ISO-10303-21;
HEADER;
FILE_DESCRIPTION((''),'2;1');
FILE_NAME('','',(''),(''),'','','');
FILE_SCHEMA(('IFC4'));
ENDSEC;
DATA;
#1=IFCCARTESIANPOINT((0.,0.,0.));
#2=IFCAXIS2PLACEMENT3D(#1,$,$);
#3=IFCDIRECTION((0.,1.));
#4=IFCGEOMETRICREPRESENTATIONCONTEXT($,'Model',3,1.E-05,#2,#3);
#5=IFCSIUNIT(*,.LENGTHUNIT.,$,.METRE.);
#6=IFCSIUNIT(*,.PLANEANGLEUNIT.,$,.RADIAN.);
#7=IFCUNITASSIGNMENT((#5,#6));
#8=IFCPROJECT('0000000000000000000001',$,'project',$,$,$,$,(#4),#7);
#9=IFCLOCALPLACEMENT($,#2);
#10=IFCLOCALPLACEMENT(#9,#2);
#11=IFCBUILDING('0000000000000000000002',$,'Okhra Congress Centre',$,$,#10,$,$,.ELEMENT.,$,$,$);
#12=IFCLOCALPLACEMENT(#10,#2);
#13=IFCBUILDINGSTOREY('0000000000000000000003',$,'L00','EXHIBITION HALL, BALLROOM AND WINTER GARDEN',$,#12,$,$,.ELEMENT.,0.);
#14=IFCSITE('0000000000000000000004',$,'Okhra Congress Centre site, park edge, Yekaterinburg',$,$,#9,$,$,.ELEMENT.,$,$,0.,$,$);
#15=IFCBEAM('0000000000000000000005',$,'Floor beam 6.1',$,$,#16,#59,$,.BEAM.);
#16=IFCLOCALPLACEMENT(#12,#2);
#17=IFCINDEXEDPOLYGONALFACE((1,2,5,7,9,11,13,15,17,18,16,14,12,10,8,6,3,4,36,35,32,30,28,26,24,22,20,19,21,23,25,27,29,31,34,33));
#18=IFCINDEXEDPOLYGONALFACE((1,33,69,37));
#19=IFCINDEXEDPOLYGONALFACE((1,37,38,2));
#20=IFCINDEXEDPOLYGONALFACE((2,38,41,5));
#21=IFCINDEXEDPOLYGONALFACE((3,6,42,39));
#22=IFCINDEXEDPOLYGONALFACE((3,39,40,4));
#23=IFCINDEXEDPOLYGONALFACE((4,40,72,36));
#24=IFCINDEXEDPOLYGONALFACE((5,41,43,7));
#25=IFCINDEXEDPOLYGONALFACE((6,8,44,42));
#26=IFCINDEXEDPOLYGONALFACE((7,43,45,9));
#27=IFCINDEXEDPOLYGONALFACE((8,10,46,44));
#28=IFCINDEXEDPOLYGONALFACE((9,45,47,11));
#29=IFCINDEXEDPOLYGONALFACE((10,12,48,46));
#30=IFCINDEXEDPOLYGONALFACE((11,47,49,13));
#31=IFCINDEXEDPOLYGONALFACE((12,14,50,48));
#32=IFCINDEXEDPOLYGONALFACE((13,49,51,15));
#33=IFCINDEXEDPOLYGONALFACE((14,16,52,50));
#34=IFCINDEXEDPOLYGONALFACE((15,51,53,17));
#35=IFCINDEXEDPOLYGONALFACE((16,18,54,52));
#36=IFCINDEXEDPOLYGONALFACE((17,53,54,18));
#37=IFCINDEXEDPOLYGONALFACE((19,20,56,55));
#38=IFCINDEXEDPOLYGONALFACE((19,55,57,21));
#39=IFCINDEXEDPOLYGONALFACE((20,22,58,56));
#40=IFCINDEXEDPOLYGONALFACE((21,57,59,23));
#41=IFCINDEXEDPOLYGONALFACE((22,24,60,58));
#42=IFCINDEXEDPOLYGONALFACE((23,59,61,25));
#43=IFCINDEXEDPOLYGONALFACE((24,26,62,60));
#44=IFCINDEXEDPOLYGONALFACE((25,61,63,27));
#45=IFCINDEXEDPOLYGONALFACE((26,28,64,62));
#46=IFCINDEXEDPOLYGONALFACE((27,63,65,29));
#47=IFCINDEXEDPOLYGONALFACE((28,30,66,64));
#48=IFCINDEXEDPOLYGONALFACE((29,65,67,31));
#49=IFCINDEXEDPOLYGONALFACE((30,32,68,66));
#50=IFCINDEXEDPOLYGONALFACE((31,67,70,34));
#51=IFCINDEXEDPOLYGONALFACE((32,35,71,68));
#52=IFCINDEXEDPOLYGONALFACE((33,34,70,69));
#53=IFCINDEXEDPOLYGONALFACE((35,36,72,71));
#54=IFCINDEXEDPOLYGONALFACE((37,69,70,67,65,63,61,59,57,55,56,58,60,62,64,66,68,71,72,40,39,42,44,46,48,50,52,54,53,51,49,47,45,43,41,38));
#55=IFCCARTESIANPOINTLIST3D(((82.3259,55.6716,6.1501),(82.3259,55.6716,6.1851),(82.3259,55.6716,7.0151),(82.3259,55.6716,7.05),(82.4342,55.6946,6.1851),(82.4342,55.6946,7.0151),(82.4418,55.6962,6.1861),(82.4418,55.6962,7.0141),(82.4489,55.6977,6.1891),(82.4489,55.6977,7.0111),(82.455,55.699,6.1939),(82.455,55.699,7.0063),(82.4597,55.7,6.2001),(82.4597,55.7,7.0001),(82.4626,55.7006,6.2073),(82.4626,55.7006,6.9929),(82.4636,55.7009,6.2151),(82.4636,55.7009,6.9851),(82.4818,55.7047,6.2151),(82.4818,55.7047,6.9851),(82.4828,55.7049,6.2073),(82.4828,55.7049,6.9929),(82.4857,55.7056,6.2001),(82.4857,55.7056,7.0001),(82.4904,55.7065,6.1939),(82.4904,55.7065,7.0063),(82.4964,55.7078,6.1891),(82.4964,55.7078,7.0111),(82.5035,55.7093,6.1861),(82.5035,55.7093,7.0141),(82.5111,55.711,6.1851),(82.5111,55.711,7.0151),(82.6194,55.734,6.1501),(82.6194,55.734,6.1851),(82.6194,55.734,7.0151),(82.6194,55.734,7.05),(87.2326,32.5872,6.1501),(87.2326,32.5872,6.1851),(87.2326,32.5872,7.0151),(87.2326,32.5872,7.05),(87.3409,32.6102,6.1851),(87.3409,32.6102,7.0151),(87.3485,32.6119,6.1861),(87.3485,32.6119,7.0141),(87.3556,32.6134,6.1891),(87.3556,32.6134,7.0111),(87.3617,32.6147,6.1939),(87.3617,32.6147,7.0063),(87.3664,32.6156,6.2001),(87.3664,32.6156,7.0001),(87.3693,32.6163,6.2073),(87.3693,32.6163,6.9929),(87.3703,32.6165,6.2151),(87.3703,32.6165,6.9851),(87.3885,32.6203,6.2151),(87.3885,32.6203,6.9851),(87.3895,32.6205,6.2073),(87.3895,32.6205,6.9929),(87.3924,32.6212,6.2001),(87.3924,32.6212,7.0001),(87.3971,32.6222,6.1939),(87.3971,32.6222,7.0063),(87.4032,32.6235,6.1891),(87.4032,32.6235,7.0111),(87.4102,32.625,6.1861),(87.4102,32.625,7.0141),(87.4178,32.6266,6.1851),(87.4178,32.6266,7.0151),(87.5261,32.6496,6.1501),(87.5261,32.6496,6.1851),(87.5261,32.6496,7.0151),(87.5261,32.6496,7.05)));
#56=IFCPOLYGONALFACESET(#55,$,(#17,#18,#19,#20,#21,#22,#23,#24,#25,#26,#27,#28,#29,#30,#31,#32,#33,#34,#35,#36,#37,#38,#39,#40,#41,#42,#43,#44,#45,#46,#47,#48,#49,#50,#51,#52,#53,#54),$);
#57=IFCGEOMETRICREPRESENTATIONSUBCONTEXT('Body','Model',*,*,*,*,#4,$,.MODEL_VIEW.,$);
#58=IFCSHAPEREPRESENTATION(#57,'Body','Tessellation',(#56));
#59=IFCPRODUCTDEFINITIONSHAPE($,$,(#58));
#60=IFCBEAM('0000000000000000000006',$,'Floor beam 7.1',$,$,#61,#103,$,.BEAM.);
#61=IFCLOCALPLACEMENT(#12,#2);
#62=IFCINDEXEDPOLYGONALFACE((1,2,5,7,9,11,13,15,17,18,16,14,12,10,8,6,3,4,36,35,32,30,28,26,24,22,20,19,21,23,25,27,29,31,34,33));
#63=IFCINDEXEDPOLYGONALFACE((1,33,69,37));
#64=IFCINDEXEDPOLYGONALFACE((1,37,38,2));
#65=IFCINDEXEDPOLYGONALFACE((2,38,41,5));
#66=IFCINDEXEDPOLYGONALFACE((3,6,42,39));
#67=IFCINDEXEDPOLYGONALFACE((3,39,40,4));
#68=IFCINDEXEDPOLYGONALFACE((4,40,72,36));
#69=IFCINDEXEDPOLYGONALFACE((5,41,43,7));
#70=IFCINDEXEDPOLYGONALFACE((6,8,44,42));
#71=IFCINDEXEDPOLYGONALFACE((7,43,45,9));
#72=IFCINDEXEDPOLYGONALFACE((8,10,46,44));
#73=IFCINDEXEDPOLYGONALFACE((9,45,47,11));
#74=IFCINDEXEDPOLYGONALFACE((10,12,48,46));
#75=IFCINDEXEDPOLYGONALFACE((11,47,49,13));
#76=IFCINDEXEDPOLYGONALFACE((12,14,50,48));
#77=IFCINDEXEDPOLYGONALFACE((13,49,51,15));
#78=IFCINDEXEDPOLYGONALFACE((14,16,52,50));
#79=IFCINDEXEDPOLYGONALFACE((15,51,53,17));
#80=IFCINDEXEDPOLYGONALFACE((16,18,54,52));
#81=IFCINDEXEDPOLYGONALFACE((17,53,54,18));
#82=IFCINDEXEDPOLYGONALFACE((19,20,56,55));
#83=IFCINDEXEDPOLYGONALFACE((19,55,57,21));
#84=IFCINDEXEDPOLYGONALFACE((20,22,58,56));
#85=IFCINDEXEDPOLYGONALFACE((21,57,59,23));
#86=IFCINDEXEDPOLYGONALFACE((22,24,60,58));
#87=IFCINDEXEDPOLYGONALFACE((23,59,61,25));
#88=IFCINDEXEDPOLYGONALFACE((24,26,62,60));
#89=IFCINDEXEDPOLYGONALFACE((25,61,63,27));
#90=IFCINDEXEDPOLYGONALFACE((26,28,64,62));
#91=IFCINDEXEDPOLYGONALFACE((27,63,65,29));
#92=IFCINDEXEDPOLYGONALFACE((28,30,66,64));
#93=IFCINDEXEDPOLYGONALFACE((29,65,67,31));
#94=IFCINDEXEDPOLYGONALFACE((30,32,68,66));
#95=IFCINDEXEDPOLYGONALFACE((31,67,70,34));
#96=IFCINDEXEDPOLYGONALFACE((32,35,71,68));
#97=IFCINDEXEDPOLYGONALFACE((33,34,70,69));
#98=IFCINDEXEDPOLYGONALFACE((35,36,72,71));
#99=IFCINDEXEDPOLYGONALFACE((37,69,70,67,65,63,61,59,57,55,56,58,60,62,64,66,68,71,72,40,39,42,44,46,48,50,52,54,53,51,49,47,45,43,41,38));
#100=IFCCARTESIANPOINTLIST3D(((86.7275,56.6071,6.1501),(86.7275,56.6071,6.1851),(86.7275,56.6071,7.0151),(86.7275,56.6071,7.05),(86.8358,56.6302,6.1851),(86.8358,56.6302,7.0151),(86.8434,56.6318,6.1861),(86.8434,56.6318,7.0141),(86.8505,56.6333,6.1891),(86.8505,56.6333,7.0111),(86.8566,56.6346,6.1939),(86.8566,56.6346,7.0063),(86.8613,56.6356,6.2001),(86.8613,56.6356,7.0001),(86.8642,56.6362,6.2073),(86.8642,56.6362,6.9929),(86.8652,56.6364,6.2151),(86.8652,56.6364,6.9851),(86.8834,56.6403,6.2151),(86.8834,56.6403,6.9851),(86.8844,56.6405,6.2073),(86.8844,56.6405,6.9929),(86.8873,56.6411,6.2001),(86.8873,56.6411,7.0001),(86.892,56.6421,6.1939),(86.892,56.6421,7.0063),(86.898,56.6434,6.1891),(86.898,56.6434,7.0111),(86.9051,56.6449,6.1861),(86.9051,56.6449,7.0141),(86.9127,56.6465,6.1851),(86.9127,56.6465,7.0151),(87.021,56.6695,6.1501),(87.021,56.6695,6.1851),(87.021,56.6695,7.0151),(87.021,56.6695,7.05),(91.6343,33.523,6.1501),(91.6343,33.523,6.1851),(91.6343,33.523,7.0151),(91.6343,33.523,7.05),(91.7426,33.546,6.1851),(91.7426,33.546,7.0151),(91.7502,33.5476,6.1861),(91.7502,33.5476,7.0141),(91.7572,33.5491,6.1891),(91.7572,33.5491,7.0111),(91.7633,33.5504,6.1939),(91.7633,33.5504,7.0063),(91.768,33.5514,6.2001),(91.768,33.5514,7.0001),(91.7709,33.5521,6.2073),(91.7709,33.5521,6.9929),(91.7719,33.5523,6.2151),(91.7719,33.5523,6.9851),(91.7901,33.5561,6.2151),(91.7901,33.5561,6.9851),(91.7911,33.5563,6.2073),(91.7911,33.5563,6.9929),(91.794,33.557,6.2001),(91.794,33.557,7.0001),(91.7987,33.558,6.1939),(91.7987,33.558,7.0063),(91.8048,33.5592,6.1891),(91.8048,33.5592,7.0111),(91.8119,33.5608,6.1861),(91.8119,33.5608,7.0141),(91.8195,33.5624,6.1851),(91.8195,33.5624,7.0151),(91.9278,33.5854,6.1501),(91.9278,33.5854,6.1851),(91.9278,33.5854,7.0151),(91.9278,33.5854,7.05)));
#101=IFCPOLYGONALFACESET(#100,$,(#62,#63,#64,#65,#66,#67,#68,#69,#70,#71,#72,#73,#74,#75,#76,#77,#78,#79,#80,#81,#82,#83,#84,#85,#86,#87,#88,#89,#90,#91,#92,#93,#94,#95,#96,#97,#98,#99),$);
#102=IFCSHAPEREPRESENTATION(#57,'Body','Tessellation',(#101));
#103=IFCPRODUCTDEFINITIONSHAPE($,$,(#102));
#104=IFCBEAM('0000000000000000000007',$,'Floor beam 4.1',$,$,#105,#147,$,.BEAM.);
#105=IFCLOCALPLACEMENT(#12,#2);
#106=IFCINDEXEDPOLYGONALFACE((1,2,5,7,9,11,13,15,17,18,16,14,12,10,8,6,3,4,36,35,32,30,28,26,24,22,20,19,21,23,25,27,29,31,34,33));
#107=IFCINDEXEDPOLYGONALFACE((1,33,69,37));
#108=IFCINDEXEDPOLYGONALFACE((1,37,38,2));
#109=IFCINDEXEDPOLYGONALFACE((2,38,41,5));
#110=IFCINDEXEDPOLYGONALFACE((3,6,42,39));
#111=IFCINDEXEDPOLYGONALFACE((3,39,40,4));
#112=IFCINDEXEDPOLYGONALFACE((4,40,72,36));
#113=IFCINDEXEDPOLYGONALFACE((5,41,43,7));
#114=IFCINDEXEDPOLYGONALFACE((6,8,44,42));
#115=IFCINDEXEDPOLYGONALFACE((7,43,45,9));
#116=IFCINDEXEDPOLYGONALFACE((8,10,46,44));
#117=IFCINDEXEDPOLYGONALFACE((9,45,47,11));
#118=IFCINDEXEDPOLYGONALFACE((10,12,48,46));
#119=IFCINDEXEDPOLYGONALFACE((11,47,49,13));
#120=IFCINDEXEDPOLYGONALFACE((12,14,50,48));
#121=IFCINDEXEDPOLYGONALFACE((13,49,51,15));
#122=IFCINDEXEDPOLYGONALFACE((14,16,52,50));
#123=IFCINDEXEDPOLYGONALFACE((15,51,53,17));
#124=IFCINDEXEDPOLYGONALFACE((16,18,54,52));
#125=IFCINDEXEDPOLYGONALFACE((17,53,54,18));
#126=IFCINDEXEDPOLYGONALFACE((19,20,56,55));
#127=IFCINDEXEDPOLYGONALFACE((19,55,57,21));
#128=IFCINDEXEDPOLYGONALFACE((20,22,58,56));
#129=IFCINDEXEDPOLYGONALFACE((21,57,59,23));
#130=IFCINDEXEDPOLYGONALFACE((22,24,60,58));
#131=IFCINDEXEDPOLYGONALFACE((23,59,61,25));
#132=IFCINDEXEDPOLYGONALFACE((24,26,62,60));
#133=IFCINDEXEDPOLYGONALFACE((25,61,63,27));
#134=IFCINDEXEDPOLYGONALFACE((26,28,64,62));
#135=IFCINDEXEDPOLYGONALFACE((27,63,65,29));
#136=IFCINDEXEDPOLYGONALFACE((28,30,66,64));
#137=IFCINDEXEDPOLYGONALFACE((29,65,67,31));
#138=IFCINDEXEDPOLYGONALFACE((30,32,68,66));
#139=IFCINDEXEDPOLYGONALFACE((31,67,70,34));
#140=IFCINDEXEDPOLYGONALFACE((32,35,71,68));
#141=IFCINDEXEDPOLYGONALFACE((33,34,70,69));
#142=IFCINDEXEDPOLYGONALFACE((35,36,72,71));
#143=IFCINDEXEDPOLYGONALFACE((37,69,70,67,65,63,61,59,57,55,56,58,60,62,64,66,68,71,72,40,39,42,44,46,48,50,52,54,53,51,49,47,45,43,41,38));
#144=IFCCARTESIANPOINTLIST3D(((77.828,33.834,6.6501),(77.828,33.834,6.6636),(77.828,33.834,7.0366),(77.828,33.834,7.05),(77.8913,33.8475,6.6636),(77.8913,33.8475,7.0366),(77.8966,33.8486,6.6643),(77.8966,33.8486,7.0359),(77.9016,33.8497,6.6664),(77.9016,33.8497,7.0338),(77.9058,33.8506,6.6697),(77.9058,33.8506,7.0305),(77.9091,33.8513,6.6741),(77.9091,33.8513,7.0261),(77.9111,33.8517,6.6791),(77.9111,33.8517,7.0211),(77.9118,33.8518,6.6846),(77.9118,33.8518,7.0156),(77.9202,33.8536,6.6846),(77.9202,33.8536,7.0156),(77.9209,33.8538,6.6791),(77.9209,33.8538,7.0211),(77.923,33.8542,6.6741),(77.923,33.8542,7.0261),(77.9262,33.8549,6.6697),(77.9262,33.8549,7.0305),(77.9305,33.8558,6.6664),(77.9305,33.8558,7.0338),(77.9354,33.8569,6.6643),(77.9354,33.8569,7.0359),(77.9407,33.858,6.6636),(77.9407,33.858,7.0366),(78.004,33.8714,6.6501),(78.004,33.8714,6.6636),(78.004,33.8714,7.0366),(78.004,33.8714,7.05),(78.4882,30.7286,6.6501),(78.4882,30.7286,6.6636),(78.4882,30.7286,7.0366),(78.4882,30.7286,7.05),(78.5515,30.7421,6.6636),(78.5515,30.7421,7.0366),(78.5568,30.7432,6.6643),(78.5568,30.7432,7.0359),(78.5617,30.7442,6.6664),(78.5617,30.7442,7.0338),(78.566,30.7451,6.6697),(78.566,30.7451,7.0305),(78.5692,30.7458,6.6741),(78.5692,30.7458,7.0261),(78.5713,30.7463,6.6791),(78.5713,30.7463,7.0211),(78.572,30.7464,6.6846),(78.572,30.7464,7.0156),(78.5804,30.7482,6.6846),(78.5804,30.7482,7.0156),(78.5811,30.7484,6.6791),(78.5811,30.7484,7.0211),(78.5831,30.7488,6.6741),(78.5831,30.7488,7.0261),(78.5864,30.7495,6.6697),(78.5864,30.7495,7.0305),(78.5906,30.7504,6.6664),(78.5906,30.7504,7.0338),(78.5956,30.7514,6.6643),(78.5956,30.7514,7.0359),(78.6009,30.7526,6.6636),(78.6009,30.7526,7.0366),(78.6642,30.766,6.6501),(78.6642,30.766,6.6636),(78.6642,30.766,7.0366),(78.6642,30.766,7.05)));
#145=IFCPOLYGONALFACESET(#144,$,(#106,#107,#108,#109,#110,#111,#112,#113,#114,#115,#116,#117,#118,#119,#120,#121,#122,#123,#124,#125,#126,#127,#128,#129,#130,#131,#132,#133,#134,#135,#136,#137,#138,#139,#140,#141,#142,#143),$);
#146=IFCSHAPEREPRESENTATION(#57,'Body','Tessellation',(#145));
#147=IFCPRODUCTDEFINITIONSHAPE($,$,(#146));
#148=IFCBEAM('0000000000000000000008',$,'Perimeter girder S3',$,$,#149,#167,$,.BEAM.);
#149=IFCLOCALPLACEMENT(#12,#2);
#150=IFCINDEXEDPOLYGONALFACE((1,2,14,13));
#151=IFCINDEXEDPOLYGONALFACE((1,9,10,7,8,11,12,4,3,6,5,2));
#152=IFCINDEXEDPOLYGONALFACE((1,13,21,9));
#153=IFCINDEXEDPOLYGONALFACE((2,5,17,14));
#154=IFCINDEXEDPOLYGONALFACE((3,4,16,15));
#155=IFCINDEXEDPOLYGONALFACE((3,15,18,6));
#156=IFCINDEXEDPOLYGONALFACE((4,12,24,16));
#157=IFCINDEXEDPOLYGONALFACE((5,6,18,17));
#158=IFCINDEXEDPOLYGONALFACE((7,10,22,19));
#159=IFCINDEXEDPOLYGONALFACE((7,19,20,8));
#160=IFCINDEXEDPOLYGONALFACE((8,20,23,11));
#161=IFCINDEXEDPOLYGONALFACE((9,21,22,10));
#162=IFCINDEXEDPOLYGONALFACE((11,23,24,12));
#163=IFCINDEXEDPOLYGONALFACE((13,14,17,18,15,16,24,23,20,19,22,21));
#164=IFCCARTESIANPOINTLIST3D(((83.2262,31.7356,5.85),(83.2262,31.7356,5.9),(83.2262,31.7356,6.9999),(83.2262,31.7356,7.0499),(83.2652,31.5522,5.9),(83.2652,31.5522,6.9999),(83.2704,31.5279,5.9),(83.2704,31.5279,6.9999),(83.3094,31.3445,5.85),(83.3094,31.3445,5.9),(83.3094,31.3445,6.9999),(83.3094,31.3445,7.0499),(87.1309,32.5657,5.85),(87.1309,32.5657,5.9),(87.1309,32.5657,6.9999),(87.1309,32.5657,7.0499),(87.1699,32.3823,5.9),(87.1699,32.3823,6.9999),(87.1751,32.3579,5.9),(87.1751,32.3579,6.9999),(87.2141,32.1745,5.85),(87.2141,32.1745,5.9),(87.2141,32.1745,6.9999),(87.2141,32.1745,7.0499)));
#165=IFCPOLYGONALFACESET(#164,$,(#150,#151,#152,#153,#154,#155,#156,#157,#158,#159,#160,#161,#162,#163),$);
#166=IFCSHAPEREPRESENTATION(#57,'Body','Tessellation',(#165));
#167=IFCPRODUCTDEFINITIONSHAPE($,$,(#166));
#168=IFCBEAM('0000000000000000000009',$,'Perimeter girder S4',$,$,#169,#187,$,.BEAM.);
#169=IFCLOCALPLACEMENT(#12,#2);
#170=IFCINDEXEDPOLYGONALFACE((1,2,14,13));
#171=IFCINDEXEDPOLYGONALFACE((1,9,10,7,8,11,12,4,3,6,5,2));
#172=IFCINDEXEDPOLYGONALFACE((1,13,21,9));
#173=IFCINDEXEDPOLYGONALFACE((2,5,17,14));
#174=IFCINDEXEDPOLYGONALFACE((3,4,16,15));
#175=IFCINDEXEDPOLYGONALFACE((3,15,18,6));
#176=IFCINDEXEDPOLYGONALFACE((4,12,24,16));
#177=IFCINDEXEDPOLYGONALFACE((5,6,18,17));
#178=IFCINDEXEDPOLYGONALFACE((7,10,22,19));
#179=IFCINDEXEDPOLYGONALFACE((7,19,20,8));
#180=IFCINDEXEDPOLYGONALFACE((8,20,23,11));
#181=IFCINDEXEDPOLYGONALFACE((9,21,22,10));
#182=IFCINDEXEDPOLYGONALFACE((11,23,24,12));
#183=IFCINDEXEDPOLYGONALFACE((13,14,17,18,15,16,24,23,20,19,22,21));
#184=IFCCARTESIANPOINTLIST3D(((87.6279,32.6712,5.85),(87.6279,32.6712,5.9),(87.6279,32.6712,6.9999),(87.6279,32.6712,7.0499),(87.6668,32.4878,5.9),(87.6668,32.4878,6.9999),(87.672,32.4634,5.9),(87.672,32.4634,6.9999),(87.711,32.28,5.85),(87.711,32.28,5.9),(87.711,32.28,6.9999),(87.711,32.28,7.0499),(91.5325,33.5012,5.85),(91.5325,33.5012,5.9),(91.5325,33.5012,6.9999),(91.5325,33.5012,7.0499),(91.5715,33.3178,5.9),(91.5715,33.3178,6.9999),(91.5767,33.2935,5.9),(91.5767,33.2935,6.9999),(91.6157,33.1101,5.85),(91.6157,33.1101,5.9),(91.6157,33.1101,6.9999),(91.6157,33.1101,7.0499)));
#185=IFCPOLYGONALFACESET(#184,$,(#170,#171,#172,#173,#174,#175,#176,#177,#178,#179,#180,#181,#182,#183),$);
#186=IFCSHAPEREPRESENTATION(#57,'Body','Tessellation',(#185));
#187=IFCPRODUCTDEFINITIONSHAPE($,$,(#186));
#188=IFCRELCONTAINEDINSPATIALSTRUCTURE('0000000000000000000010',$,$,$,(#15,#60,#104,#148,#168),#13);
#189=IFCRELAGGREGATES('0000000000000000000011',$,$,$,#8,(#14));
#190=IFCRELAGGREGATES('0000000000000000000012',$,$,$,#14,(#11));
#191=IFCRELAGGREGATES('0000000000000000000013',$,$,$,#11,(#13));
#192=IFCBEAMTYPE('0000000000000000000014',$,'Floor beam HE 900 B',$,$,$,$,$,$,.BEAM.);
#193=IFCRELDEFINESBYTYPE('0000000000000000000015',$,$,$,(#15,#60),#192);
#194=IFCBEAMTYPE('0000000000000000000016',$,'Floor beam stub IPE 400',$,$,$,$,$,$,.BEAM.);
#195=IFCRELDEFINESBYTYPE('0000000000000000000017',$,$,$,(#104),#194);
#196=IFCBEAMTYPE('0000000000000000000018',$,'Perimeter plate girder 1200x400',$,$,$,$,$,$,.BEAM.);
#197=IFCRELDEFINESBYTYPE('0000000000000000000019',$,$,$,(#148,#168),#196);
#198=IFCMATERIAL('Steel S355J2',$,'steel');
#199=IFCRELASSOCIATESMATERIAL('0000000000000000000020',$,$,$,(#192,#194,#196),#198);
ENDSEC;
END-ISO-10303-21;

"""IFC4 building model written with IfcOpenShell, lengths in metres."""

from ifc_helpers import new_model, si_unit, direction, frame, origin, origin_2d, place, context, subcontext, project, spatial, i_section, extrude, material, material_profile, profile_set, type_object, element, save


model = new_model("IFC4")

# Units and contexts
model_context = context("Model", 3, precision=1e-05, world=origin(), true_north=direction((0.0, 1.0)))
body_context = subcontext(model_context, "Body", "Model", "MODEL_VIEW")
ifc_project = project(units=[si_unit("LENGTHUNIT", "METRE"), si_unit("PLANEANGLEUNIT", "RADIAN")], contexts=[model_context])

# Site, building, storey
site_placement = place(None, origin())
site = spatial("IfcSite", under=ifc_project, at=site_placement, Name="Okhra Congress Centre site, park edge, Yekaterinburg", CompositionType="ELEMENT", RefElevation=0.0)
building_placement = place(site_placement, origin())
building = spatial("IfcBuilding", under=site, at=building_placement, Name="Okhra Congress Centre", CompositionType="ELEMENT")
storey_placement = place(building_placement, origin())
storey = spatial("IfcBuildingStorey", under=building, at=storey_placement, Name="L00", Description="EXHIBITION HALL, BALLROOM AND WINTER GARDEN", CompositionType="ELEMENT", Elevation=0.0)

# Beams
ifc_material_1 = material(Name="Steel S355J2", Category="steel")
ifc_material_profile_1 = material_profile(ifc_material_1, i_section(OverallWidth=0.3, OverallDepth=0.8999, WebThickness=0.0186, FlangeThickness=0.0349, FilletRadius=0.03, at=origin_2d()), Name="HE 900 B")
ifc_profile_set_1 = profile_set([ifc_material_profile_1], Name="Steel S355J2")
beam_type_1 = type_object("IfcBeamType", Name="Floor beam HE 900 B", PredefinedType="BEAM", material=ifc_profile_set_1)
beam_1_placement = place(storey_placement, frame((87.3794, 32.6184, 6.6001), z_axis=(-0.207911, 0.978148, 0.0), x_axis=(-0.978148, -0.207911, 0.0)))
element("IfcBeam", 1, at=beam_1_placement, inside=storey, type_object=beam_type_1, Name="Floor beam 6.1", PredefinedType="BEAM", context=body_context, shape_type="SweptSolid", body=[
    extrude(i_section(OverallWidth=0.3, OverallDepth=0.8999, WebThickness=0.0186, FlangeThickness=0.0349, FilletRadius=0.03, at=origin_2d()), origin(), (0.0, 0.0, 1.0), 23.6001),
])
beam_2_placement = place(storey_placement, frame((91.781, 33.5542, 6.6001), z_axis=(-0.207913, 0.978147, 0.0), x_axis=(-0.978147, -0.207913, 0.0)))
element("IfcBeam", 2, at=beam_2_placement, inside=storey, type_object=beam_type_1, Name="Floor beam 7.1", PredefinedType="BEAM", context=body_context, shape_type="SweptSolid", body=[
    extrude(i_section(OverallWidth=0.3, OverallDepth=0.8999, WebThickness=0.0186, FlangeThickness=0.0349, FilletRadius=0.03, at=origin_2d()), origin(), (0.0, 0.0, 1.0), 23.5999),
])
ifc_material_profile_2 = material_profile(ifc_material_1, i_section(OverallWidth=0.1799, OverallDepth=0.3999, WebThickness=0.0085, FlangeThickness=0.0134, FilletRadius=0.021, at=origin_2d()), Name="IPE 400")
ifc_profile_set_2 = profile_set([ifc_material_profile_2], Name="Steel S355J2")
beam_type_2 = type_object("IfcBeamType", Name="Floor beam stub IPE 400", PredefinedType="BEAM", material=ifc_profile_set_2)
beam_3_placement = place(storey_placement, frame((78.5762, 30.7473, 6.8501), z_axis=(-0.207932, 0.978143, 0.0), x_axis=(-0.978143, -0.207932, 0.0)))
element("IfcBeam", 3, at=beam_3_placement, inside=storey, type_object=beam_type_2, Name="Floor beam 4.1", PredefinedType="BEAM", context=body_context, shape_type="SweptSolid", body=[
    extrude(i_section(OverallWidth=0.1799, OverallDepth=0.3999, WebThickness=0.0085, FlangeThickness=0.0134, FilletRadius=0.021, at=origin_2d()), origin(), (0.0, 0.0, 1.0), 3.1748),
])
ifc_material_profile_3 = material_profile(ifc_material_1, i_section(OverallWidth=0.3999, OverallDepth=1.2, WebThickness=0.0249, FlangeThickness=0.05, at=origin_2d()), Name="Plate girder 1200x400")
ifc_profile_set_3 = profile_set([ifc_material_profile_3], Name="Steel S355J2")
beam_type_3 = type_object("IfcBeamType", Name="Perimeter plate girder 1200x400", PredefinedType="BEAM", material=ifc_profile_set_3)
for number, where, z_axis, x_axis, name in (
    (4, (83.2678, 31.54, 6.45), (0.978143, 0.207933, 0.0), (-0.207933, 0.978143, 0.0), "Perimeter girder S3"),
    (5, (87.6694, 32.4756, 6.45), (0.978143, 0.207933, 0.0), (-0.207933, 0.978143, 0.0), "Perimeter girder S4"),
):
    element("IfcBeam", number, at=place(storey_placement, frame(where, z_axis=z_axis, x_axis=x_axis)), inside=storey, type_object=beam_type_3, Name=name, PredefinedType="BEAM", context=body_context, shape_type="SweptSolid", body=[
        extrude(i_section(OverallWidth=0.3999, OverallDepth=1.2, WebThickness=0.0249, FlangeThickness=0.05, at=origin_2d()), origin(), (0.0, 0.0, 1.0), 3.9919),
    ])

save(model, "model.ifc")
